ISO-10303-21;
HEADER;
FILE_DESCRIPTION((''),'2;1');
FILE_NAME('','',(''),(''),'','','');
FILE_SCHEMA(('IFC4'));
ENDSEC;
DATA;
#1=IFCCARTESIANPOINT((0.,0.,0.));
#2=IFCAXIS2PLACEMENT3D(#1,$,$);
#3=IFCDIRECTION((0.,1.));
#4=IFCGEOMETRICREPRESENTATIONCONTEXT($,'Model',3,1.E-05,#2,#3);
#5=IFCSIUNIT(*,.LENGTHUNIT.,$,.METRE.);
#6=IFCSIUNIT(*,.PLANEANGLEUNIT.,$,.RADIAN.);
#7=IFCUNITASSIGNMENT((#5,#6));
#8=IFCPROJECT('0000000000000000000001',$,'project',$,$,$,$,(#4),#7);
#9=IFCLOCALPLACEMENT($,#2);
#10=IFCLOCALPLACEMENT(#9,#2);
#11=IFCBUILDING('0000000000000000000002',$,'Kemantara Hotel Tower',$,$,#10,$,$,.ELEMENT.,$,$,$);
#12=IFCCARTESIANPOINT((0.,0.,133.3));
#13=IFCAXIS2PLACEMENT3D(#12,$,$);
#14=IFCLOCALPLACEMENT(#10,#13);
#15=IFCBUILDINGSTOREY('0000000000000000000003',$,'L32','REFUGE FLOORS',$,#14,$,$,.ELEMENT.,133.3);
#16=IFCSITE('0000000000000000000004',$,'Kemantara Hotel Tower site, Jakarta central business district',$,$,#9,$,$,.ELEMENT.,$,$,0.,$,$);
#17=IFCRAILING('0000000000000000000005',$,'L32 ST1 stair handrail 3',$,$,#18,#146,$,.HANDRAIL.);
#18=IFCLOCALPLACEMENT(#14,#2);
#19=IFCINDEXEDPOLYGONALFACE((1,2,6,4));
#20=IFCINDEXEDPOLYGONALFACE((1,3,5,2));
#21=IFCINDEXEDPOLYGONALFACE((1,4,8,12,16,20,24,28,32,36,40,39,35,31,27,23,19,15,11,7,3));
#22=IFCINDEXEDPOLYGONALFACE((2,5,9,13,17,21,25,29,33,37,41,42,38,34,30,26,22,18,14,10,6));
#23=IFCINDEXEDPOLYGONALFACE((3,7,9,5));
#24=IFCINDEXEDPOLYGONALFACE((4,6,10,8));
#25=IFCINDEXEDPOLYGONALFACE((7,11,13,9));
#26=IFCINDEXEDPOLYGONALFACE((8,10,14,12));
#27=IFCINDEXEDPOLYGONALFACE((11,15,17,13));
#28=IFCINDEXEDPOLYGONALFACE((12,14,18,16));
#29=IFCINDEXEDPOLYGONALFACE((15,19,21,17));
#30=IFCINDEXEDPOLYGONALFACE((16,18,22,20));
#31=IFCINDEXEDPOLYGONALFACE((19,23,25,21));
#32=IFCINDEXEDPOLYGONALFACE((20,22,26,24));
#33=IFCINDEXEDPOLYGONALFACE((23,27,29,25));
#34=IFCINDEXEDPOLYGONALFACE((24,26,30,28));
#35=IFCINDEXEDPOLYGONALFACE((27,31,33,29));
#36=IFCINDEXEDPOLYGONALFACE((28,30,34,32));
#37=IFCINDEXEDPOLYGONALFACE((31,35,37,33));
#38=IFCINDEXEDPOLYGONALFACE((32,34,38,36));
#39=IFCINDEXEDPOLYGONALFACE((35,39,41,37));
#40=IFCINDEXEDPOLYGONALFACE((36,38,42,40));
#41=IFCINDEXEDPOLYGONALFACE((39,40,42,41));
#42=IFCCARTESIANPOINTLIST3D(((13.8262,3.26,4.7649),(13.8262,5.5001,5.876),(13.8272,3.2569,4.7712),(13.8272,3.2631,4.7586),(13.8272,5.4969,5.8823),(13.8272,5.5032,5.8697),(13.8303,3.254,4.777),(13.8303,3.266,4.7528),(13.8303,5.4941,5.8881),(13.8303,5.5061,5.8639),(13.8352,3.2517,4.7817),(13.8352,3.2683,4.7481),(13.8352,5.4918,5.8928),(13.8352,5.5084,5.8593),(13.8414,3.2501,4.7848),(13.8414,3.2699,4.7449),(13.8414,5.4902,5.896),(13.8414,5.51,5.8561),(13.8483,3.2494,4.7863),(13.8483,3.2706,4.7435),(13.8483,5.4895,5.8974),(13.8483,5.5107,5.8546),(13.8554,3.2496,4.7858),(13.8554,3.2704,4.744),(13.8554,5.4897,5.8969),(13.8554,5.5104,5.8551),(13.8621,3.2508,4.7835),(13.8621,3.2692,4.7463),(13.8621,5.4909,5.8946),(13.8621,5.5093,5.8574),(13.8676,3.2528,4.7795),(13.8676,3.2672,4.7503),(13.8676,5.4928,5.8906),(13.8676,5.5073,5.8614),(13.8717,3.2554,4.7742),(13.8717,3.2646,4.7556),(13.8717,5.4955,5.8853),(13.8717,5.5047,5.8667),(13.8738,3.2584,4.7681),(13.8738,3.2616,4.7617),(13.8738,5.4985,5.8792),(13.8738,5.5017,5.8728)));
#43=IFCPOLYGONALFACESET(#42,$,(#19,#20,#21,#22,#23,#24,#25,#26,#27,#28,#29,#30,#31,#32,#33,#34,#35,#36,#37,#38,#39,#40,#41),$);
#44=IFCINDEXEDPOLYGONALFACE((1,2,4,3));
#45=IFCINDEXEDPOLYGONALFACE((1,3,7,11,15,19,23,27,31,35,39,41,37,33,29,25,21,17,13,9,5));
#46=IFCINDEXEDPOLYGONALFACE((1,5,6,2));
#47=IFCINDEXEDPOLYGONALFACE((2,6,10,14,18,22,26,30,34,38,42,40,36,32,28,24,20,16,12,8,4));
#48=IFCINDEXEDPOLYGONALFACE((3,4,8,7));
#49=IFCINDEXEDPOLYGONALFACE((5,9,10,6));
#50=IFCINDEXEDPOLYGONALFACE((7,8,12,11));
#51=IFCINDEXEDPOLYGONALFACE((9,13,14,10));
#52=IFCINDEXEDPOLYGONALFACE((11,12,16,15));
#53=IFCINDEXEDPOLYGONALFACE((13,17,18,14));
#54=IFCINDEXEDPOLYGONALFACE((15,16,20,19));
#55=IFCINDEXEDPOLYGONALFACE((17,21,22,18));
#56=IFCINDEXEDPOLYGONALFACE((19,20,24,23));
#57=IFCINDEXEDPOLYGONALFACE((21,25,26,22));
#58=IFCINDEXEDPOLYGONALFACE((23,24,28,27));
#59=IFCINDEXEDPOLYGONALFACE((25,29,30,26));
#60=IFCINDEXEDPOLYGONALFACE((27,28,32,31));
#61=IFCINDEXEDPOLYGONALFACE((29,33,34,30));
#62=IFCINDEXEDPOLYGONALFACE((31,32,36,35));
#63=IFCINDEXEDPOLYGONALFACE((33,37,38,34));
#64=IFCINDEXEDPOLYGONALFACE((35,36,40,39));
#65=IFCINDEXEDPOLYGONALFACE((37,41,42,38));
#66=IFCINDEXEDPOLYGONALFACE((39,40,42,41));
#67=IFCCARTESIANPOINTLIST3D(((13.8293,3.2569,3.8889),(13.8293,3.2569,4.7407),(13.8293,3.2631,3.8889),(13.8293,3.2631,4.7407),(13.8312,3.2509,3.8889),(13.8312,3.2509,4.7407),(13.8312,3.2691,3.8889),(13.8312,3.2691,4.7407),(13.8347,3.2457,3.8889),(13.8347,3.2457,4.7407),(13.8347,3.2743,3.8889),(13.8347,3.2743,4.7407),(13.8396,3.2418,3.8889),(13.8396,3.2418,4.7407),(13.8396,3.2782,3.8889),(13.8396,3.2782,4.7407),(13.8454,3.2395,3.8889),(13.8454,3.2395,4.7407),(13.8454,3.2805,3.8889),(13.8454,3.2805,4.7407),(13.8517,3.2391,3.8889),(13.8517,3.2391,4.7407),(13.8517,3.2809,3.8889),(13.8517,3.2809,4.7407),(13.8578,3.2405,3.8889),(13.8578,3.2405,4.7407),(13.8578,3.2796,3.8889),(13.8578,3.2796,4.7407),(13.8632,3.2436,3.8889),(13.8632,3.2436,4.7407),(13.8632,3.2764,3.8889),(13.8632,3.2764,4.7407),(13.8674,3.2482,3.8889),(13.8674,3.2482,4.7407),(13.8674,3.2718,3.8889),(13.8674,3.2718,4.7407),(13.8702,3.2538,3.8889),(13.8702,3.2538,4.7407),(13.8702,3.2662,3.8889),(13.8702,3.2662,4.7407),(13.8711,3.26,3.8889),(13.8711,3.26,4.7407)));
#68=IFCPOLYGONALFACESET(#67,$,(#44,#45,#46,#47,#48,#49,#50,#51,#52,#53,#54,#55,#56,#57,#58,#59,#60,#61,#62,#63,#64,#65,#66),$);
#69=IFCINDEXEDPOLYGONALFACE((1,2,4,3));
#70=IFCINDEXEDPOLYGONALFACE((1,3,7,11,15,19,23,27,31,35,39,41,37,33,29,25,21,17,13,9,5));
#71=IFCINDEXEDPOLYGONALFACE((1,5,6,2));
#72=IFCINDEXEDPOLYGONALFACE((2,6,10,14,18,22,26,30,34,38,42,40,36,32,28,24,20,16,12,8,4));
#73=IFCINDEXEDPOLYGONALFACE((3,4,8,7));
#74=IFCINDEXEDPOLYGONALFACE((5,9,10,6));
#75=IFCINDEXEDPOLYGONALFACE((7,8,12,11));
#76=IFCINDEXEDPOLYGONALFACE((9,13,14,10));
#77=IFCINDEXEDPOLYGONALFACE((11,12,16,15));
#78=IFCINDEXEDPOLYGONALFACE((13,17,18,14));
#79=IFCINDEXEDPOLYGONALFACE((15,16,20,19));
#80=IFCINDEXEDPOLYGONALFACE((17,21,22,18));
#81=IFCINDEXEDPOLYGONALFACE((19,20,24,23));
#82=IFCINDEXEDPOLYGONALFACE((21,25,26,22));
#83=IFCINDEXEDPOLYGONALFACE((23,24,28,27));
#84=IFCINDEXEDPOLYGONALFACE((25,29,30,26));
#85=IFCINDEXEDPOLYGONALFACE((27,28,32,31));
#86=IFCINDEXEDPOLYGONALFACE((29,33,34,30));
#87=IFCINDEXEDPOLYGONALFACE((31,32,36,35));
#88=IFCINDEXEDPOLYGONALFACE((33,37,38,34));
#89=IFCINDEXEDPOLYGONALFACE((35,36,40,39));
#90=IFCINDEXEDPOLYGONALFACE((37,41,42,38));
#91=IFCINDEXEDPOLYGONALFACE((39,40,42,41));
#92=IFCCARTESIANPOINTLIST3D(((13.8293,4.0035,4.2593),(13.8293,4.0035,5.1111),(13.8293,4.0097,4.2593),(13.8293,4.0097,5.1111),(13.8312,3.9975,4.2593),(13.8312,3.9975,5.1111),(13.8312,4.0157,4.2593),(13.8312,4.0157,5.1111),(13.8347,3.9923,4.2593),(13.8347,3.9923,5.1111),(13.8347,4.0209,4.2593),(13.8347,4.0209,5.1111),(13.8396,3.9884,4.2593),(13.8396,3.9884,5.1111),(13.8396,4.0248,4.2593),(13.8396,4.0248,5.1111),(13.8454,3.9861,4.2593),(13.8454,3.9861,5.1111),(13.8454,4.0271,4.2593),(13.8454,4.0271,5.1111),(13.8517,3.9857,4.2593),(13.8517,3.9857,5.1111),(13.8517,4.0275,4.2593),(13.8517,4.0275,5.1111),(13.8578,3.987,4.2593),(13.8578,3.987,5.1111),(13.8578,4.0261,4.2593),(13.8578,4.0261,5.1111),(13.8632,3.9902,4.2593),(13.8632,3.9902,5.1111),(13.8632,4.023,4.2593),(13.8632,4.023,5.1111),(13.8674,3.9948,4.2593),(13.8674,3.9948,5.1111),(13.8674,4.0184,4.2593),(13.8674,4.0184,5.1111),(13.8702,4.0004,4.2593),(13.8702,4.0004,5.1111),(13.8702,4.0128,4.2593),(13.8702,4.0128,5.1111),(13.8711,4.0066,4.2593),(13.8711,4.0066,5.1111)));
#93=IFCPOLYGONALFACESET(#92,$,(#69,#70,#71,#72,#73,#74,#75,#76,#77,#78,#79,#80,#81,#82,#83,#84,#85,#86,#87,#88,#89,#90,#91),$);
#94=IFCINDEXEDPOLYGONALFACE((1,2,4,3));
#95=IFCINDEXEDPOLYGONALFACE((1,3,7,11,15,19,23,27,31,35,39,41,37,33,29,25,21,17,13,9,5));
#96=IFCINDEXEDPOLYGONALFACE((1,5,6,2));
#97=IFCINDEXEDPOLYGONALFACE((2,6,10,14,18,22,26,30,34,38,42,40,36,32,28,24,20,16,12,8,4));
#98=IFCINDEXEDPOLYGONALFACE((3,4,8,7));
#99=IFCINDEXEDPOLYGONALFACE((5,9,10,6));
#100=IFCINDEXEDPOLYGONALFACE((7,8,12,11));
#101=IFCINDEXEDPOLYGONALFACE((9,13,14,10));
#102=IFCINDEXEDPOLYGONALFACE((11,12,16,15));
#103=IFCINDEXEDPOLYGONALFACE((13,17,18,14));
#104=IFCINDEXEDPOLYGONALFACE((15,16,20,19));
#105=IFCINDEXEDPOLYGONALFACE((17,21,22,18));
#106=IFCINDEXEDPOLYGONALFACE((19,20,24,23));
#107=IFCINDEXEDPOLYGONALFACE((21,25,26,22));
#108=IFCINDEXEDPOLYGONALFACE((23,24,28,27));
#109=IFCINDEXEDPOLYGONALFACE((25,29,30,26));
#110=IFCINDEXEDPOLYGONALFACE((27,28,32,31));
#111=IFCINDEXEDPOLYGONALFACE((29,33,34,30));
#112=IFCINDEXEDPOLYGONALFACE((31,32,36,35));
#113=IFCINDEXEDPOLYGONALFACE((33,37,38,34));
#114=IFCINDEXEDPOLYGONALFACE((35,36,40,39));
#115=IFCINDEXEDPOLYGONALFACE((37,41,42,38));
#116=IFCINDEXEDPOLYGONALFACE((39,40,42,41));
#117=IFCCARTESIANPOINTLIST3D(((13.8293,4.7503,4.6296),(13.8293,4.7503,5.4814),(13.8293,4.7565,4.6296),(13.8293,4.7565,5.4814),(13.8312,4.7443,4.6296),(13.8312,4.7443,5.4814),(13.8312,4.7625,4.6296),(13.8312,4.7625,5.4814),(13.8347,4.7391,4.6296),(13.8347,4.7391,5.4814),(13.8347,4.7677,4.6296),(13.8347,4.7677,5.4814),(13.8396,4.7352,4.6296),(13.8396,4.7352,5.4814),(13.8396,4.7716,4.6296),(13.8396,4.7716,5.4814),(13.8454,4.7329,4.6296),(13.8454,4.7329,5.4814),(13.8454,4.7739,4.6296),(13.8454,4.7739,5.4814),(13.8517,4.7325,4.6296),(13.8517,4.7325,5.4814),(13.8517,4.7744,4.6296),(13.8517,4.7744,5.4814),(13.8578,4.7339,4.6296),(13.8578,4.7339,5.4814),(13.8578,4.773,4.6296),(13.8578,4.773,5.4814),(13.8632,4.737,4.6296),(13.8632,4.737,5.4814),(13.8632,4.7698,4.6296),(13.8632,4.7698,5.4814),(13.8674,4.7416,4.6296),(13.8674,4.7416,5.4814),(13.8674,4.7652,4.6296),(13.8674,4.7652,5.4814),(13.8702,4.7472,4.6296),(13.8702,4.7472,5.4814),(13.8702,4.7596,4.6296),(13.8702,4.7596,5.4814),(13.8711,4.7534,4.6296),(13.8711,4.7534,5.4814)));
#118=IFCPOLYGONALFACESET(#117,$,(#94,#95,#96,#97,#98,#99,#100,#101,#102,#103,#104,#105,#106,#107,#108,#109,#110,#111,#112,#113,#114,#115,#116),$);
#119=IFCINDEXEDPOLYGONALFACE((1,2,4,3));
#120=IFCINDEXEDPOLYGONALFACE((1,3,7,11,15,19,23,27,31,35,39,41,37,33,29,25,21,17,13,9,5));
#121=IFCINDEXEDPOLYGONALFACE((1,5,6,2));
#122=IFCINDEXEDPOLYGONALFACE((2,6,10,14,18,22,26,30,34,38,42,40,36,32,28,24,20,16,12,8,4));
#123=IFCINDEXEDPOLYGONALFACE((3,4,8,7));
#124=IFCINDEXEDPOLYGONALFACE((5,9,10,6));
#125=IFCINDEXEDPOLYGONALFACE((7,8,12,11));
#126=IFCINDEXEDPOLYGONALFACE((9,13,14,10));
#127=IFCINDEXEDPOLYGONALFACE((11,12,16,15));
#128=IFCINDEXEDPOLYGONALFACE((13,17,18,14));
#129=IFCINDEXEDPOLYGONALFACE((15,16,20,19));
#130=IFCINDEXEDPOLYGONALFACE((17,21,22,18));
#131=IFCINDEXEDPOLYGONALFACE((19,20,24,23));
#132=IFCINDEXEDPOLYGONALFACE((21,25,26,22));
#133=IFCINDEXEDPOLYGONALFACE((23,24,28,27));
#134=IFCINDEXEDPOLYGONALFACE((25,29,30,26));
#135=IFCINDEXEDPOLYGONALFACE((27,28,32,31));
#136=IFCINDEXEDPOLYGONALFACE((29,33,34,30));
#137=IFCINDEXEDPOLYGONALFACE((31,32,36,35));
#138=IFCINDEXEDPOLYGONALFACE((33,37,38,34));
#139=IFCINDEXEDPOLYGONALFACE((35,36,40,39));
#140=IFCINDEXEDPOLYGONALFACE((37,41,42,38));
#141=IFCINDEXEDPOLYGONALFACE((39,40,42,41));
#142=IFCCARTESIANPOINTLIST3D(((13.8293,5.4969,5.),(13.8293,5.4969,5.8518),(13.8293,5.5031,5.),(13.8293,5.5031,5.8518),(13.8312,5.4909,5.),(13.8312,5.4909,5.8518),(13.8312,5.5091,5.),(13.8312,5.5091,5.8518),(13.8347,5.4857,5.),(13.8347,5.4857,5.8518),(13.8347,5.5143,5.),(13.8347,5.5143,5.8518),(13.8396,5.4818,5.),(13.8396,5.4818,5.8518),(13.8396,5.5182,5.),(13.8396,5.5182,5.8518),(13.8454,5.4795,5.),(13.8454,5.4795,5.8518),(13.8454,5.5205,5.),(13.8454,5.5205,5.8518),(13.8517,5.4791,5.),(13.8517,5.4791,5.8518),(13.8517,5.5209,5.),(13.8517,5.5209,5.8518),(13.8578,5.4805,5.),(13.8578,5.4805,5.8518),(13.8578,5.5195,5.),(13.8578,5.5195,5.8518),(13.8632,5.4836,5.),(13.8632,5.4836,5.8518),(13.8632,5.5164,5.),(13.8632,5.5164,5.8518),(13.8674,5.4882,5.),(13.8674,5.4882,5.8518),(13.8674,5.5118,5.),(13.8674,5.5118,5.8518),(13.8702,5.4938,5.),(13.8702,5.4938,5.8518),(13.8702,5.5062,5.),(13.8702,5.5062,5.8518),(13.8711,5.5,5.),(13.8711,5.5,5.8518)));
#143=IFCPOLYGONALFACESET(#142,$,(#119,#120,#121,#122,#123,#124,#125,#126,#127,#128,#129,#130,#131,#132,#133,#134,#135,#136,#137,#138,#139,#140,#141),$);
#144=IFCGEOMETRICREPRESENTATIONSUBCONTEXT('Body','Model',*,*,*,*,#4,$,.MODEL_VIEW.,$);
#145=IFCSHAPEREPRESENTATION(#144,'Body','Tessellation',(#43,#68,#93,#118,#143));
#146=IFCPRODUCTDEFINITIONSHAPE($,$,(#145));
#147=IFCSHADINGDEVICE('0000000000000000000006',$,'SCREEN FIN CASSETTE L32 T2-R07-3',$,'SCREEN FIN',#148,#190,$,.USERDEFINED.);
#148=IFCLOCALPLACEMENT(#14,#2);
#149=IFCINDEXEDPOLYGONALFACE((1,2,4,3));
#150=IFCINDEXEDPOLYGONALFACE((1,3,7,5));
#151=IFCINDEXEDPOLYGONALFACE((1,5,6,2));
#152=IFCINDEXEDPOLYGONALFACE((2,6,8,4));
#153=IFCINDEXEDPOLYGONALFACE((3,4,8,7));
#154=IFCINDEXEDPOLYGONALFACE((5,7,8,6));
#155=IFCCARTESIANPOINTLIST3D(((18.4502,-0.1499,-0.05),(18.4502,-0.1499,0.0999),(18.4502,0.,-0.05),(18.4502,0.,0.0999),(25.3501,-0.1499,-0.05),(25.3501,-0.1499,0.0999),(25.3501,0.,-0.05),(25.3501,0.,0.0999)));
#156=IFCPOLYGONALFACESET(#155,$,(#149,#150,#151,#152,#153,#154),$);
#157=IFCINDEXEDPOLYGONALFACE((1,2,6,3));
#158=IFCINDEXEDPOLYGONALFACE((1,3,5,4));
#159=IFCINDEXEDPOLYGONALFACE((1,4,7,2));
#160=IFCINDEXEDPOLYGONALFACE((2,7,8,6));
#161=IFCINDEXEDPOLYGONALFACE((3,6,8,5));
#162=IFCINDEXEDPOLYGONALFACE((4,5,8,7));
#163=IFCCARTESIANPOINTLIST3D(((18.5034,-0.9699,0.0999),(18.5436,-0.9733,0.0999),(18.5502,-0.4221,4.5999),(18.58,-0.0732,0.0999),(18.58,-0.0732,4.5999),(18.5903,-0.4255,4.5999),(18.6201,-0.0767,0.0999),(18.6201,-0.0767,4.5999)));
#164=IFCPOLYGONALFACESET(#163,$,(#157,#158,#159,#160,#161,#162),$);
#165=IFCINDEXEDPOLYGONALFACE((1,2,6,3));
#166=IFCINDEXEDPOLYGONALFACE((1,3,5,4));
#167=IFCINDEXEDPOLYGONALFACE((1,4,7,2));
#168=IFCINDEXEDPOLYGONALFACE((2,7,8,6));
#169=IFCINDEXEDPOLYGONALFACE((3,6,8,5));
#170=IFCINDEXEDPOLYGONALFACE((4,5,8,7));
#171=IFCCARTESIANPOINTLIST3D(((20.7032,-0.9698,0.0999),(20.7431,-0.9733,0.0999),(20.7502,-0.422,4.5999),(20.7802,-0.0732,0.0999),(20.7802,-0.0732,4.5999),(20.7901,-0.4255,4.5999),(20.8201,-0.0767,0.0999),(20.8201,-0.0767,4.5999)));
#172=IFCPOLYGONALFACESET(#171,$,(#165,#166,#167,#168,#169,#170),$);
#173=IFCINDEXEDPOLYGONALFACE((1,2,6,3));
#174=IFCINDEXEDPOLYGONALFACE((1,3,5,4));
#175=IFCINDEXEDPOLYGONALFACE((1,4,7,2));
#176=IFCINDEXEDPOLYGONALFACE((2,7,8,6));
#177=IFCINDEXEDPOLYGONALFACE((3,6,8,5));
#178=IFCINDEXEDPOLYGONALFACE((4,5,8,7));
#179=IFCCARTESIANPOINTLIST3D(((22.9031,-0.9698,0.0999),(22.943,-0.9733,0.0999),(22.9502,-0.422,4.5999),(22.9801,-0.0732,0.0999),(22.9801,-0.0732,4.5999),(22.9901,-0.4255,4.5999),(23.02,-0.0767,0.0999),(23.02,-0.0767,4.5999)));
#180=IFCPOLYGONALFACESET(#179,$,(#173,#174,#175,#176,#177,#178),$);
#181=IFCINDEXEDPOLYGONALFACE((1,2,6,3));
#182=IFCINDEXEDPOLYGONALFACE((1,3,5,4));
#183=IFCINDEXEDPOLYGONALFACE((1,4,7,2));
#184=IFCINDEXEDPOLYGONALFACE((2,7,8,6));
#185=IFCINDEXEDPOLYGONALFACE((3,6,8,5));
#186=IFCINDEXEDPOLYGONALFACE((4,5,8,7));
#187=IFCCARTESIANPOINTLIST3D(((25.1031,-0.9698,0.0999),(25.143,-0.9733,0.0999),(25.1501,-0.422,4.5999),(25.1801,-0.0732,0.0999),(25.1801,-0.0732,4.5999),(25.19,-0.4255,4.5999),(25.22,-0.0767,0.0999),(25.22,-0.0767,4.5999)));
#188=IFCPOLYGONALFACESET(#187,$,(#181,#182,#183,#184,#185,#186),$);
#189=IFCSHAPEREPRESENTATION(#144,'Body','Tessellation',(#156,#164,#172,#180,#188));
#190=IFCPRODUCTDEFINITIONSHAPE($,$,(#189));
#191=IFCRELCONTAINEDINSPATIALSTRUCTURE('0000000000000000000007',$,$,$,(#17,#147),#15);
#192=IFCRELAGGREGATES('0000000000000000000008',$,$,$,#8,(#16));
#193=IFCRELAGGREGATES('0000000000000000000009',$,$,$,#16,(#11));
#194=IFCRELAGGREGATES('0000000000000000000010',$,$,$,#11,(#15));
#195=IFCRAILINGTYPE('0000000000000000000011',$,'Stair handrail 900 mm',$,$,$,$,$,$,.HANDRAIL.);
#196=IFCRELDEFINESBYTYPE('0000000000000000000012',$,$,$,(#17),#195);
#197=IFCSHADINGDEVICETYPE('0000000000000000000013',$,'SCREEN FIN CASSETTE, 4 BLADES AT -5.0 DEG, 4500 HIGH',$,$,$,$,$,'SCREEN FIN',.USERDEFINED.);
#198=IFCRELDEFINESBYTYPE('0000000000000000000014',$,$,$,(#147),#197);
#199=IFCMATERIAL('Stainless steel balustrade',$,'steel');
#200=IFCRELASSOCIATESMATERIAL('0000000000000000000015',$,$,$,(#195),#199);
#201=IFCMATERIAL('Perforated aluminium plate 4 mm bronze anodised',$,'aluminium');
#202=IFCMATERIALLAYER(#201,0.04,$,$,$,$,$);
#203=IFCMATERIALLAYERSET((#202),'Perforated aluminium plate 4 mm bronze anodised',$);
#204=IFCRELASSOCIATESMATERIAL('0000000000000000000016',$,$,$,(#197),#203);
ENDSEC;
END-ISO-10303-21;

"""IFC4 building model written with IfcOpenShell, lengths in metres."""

from ifc_helpers import new_model, si_unit, direction, frame, origin, origin_2d, place, context, subcontext, project, spatial, polyline, rectangle, circle, outline, extrude, source, transform, mapped, material, layer, layer_set, type_object, element, save


model = new_model("IFC4")

# Units and contexts
model_context = context("Model", 3, precision=1e-05, world=origin(), true_north=direction((0.0, 1.0)))
body_context = subcontext(model_context, "Body", "Model", "MODEL_VIEW")
ifc_project = project(units=[si_unit("LENGTHUNIT", "METRE"), si_unit("PLANEANGLEUNIT", "RADIAN")], contexts=[model_context])

# Site, building, storey
site_placement = place(None, origin())
site = spatial("IfcSite", under=ifc_project, at=site_placement, Name="Kemantara Hotel Tower site, Jakarta central business district", CompositionType="ELEMENT", RefElevation=0.0)
building_placement = place(site_placement, origin())
building = spatial("IfcBuilding", under=site, at=building_placement, Name="Kemantara Hotel Tower", CompositionType="ELEMENT")
storey_placement = place(building_placement, frame((0.0, 0.0, 133.3)))
storey = spatial("IfcBuildingStorey", under=building, at=storey_placement, Name="L32", Description="REFUGE FLOORS", CompositionType="ELEMENT", Elevation=133.3)

# Railing
ifc_material_1 = material(Name="Stainless steel balustrade", Category="steel")
railing_type = type_object("IfcRailingType", Name="Stair handrail 900 mm", PredefinedType="HANDRAIL", material=ifc_material_1)
railing_placement = place(storey_placement, frame((13.8501, 3.26, 3.8889)))
element("IfcRailing", 1, at=railing_placement, inside=storey, type_object=railing_type, Name="L32 ST1 stair handrail 3", PredefinedType="HANDRAIL", context=body_context, shape_type="SweptSolid", body=[
    extrude(circle(Radius=0.0239, at=origin_2d()), frame((0.0, 0.0, 0.876), z_axis=(0.0, 0.895848, 0.44436), x_axis=(-1.0, 0.0, 0.0)), (0.0, 0.0, 1.0), 2.5005),
    extrude(circle(Radius=0.021, at=origin_2d()), origin(), (0.0, 0.0, 1.0), 0.8518),
    extrude(circle(Radius=0.021, at=origin_2d()), frame((0.0, 0.7466, 0.3704)), (0.0, 0.0, 1.0), 0.8518),
    extrude(circle(Radius=0.021, at=origin_2d()), frame((0.0, 1.4934, 0.7407)), (0.0, 0.0, 1.0), 0.8518),
    extrude(circle(Radius=0.021, at=origin_2d()), frame((0.0, 2.24, 1.1111)), (0.0, 0.0, 1.0), 0.8518),
])

# Shading device
ifc_material_2 = material(Name="Perforated aluminium plate 4 mm bronze anodised", Category="aluminium")
ifc_layer_1 = layer(ifc_material_2, 0.04)
ifc_layer_set_1 = layer_set([ifc_layer_1], Name="Perforated aluminium plate 4 mm bronze anodised")
shading_device_type = type_object("IfcShadingDeviceType", Name="SCREEN FIN CASSETTE, 4 BLADES AT -5.0 DEG, 4500 HIGH", ElementType="SCREEN FIN", PredefinedType="USERDEFINED", material=ifc_layer_set_1)
shared_shape = source(origin(), body_context, "Body", "SweptSolid", [
    extrude(rectangle(XDim=6.8999, YDim=0.1499, at=origin_2d()), frame((3.3, -0.075, -0.1499), z_axis=(0.0, 0.0, 1.0), x_axis=(1.0, 0.0, 0.0)), (0.0, 0.0, 1.0), 0.1499),
    extrude(outline(polyline([(0.0, 0.0), (0.8999, 0.0), (0.3501, 4.5), (0.0, 4.5), (0.0, 0.0)])), frame((0.02, -0.0767, 0.0), z_axis=(-0.996376, 0.085056, 0.0), x_axis=(-0.085056, -0.996376, 0.0)), (0.0, 0.0, 1.0), 0.0403),
    extrude(outline(polyline([(0.0, 0.0), (0.8999, 0.0), (0.3501, 4.5), (0.0, 4.5), (0.0, 0.0)])), frame((2.22, -0.0767, 0.0), z_axis=(-0.996332, 0.085575, 0.0), x_axis=(-0.085575, -0.996332, 0.0)), (0.0, 0.0, 1.0), 0.04),
    extrude(outline(polyline([(0.0, 0.0), (0.8999, 0.0), (0.3501, 4.5), (0.0, 4.5), (0.0, 0.0)])), frame((4.4199, -0.0767, 0.0), z_axis=(-0.996332, 0.085575, 0.0), x_axis=(-0.085575, -0.996332, 0.0)), (0.0, 0.0, 1.0), 0.04),
    extrude(outline(polyline([(0.0, 0.0), (0.8999, 0.0), (0.3501, 4.5), (0.0, 4.5), (0.0, 0.0)])), frame((6.6199, -0.0767, 0.0), z_axis=(-0.996332, 0.085575, 0.0), x_axis=(-0.085575, -0.996332, 0.0)), (0.0, 0.0, 1.0), 0.04),
])
shading_device_placement = place(storey_placement, frame((18.6001, 0.0, 0.0999), z_axis=(0.0, 0.0, 1.0), x_axis=(1.0, 0.0, 0.0)))
element("IfcShadingDevice", 2, at=shading_device_placement, inside=storey, type_object=shading_device_type, Name="SCREEN FIN CASSETTE L32 T2-R07-3", ObjectType="SCREEN FIN", PredefinedType="USERDEFINED", context=body_context, shape_type="MappedRepresentation", body=[
    mapped(shared_shape, transform((0.0, 0.0, 0.0))),
])

save(model, "model.ifc")
